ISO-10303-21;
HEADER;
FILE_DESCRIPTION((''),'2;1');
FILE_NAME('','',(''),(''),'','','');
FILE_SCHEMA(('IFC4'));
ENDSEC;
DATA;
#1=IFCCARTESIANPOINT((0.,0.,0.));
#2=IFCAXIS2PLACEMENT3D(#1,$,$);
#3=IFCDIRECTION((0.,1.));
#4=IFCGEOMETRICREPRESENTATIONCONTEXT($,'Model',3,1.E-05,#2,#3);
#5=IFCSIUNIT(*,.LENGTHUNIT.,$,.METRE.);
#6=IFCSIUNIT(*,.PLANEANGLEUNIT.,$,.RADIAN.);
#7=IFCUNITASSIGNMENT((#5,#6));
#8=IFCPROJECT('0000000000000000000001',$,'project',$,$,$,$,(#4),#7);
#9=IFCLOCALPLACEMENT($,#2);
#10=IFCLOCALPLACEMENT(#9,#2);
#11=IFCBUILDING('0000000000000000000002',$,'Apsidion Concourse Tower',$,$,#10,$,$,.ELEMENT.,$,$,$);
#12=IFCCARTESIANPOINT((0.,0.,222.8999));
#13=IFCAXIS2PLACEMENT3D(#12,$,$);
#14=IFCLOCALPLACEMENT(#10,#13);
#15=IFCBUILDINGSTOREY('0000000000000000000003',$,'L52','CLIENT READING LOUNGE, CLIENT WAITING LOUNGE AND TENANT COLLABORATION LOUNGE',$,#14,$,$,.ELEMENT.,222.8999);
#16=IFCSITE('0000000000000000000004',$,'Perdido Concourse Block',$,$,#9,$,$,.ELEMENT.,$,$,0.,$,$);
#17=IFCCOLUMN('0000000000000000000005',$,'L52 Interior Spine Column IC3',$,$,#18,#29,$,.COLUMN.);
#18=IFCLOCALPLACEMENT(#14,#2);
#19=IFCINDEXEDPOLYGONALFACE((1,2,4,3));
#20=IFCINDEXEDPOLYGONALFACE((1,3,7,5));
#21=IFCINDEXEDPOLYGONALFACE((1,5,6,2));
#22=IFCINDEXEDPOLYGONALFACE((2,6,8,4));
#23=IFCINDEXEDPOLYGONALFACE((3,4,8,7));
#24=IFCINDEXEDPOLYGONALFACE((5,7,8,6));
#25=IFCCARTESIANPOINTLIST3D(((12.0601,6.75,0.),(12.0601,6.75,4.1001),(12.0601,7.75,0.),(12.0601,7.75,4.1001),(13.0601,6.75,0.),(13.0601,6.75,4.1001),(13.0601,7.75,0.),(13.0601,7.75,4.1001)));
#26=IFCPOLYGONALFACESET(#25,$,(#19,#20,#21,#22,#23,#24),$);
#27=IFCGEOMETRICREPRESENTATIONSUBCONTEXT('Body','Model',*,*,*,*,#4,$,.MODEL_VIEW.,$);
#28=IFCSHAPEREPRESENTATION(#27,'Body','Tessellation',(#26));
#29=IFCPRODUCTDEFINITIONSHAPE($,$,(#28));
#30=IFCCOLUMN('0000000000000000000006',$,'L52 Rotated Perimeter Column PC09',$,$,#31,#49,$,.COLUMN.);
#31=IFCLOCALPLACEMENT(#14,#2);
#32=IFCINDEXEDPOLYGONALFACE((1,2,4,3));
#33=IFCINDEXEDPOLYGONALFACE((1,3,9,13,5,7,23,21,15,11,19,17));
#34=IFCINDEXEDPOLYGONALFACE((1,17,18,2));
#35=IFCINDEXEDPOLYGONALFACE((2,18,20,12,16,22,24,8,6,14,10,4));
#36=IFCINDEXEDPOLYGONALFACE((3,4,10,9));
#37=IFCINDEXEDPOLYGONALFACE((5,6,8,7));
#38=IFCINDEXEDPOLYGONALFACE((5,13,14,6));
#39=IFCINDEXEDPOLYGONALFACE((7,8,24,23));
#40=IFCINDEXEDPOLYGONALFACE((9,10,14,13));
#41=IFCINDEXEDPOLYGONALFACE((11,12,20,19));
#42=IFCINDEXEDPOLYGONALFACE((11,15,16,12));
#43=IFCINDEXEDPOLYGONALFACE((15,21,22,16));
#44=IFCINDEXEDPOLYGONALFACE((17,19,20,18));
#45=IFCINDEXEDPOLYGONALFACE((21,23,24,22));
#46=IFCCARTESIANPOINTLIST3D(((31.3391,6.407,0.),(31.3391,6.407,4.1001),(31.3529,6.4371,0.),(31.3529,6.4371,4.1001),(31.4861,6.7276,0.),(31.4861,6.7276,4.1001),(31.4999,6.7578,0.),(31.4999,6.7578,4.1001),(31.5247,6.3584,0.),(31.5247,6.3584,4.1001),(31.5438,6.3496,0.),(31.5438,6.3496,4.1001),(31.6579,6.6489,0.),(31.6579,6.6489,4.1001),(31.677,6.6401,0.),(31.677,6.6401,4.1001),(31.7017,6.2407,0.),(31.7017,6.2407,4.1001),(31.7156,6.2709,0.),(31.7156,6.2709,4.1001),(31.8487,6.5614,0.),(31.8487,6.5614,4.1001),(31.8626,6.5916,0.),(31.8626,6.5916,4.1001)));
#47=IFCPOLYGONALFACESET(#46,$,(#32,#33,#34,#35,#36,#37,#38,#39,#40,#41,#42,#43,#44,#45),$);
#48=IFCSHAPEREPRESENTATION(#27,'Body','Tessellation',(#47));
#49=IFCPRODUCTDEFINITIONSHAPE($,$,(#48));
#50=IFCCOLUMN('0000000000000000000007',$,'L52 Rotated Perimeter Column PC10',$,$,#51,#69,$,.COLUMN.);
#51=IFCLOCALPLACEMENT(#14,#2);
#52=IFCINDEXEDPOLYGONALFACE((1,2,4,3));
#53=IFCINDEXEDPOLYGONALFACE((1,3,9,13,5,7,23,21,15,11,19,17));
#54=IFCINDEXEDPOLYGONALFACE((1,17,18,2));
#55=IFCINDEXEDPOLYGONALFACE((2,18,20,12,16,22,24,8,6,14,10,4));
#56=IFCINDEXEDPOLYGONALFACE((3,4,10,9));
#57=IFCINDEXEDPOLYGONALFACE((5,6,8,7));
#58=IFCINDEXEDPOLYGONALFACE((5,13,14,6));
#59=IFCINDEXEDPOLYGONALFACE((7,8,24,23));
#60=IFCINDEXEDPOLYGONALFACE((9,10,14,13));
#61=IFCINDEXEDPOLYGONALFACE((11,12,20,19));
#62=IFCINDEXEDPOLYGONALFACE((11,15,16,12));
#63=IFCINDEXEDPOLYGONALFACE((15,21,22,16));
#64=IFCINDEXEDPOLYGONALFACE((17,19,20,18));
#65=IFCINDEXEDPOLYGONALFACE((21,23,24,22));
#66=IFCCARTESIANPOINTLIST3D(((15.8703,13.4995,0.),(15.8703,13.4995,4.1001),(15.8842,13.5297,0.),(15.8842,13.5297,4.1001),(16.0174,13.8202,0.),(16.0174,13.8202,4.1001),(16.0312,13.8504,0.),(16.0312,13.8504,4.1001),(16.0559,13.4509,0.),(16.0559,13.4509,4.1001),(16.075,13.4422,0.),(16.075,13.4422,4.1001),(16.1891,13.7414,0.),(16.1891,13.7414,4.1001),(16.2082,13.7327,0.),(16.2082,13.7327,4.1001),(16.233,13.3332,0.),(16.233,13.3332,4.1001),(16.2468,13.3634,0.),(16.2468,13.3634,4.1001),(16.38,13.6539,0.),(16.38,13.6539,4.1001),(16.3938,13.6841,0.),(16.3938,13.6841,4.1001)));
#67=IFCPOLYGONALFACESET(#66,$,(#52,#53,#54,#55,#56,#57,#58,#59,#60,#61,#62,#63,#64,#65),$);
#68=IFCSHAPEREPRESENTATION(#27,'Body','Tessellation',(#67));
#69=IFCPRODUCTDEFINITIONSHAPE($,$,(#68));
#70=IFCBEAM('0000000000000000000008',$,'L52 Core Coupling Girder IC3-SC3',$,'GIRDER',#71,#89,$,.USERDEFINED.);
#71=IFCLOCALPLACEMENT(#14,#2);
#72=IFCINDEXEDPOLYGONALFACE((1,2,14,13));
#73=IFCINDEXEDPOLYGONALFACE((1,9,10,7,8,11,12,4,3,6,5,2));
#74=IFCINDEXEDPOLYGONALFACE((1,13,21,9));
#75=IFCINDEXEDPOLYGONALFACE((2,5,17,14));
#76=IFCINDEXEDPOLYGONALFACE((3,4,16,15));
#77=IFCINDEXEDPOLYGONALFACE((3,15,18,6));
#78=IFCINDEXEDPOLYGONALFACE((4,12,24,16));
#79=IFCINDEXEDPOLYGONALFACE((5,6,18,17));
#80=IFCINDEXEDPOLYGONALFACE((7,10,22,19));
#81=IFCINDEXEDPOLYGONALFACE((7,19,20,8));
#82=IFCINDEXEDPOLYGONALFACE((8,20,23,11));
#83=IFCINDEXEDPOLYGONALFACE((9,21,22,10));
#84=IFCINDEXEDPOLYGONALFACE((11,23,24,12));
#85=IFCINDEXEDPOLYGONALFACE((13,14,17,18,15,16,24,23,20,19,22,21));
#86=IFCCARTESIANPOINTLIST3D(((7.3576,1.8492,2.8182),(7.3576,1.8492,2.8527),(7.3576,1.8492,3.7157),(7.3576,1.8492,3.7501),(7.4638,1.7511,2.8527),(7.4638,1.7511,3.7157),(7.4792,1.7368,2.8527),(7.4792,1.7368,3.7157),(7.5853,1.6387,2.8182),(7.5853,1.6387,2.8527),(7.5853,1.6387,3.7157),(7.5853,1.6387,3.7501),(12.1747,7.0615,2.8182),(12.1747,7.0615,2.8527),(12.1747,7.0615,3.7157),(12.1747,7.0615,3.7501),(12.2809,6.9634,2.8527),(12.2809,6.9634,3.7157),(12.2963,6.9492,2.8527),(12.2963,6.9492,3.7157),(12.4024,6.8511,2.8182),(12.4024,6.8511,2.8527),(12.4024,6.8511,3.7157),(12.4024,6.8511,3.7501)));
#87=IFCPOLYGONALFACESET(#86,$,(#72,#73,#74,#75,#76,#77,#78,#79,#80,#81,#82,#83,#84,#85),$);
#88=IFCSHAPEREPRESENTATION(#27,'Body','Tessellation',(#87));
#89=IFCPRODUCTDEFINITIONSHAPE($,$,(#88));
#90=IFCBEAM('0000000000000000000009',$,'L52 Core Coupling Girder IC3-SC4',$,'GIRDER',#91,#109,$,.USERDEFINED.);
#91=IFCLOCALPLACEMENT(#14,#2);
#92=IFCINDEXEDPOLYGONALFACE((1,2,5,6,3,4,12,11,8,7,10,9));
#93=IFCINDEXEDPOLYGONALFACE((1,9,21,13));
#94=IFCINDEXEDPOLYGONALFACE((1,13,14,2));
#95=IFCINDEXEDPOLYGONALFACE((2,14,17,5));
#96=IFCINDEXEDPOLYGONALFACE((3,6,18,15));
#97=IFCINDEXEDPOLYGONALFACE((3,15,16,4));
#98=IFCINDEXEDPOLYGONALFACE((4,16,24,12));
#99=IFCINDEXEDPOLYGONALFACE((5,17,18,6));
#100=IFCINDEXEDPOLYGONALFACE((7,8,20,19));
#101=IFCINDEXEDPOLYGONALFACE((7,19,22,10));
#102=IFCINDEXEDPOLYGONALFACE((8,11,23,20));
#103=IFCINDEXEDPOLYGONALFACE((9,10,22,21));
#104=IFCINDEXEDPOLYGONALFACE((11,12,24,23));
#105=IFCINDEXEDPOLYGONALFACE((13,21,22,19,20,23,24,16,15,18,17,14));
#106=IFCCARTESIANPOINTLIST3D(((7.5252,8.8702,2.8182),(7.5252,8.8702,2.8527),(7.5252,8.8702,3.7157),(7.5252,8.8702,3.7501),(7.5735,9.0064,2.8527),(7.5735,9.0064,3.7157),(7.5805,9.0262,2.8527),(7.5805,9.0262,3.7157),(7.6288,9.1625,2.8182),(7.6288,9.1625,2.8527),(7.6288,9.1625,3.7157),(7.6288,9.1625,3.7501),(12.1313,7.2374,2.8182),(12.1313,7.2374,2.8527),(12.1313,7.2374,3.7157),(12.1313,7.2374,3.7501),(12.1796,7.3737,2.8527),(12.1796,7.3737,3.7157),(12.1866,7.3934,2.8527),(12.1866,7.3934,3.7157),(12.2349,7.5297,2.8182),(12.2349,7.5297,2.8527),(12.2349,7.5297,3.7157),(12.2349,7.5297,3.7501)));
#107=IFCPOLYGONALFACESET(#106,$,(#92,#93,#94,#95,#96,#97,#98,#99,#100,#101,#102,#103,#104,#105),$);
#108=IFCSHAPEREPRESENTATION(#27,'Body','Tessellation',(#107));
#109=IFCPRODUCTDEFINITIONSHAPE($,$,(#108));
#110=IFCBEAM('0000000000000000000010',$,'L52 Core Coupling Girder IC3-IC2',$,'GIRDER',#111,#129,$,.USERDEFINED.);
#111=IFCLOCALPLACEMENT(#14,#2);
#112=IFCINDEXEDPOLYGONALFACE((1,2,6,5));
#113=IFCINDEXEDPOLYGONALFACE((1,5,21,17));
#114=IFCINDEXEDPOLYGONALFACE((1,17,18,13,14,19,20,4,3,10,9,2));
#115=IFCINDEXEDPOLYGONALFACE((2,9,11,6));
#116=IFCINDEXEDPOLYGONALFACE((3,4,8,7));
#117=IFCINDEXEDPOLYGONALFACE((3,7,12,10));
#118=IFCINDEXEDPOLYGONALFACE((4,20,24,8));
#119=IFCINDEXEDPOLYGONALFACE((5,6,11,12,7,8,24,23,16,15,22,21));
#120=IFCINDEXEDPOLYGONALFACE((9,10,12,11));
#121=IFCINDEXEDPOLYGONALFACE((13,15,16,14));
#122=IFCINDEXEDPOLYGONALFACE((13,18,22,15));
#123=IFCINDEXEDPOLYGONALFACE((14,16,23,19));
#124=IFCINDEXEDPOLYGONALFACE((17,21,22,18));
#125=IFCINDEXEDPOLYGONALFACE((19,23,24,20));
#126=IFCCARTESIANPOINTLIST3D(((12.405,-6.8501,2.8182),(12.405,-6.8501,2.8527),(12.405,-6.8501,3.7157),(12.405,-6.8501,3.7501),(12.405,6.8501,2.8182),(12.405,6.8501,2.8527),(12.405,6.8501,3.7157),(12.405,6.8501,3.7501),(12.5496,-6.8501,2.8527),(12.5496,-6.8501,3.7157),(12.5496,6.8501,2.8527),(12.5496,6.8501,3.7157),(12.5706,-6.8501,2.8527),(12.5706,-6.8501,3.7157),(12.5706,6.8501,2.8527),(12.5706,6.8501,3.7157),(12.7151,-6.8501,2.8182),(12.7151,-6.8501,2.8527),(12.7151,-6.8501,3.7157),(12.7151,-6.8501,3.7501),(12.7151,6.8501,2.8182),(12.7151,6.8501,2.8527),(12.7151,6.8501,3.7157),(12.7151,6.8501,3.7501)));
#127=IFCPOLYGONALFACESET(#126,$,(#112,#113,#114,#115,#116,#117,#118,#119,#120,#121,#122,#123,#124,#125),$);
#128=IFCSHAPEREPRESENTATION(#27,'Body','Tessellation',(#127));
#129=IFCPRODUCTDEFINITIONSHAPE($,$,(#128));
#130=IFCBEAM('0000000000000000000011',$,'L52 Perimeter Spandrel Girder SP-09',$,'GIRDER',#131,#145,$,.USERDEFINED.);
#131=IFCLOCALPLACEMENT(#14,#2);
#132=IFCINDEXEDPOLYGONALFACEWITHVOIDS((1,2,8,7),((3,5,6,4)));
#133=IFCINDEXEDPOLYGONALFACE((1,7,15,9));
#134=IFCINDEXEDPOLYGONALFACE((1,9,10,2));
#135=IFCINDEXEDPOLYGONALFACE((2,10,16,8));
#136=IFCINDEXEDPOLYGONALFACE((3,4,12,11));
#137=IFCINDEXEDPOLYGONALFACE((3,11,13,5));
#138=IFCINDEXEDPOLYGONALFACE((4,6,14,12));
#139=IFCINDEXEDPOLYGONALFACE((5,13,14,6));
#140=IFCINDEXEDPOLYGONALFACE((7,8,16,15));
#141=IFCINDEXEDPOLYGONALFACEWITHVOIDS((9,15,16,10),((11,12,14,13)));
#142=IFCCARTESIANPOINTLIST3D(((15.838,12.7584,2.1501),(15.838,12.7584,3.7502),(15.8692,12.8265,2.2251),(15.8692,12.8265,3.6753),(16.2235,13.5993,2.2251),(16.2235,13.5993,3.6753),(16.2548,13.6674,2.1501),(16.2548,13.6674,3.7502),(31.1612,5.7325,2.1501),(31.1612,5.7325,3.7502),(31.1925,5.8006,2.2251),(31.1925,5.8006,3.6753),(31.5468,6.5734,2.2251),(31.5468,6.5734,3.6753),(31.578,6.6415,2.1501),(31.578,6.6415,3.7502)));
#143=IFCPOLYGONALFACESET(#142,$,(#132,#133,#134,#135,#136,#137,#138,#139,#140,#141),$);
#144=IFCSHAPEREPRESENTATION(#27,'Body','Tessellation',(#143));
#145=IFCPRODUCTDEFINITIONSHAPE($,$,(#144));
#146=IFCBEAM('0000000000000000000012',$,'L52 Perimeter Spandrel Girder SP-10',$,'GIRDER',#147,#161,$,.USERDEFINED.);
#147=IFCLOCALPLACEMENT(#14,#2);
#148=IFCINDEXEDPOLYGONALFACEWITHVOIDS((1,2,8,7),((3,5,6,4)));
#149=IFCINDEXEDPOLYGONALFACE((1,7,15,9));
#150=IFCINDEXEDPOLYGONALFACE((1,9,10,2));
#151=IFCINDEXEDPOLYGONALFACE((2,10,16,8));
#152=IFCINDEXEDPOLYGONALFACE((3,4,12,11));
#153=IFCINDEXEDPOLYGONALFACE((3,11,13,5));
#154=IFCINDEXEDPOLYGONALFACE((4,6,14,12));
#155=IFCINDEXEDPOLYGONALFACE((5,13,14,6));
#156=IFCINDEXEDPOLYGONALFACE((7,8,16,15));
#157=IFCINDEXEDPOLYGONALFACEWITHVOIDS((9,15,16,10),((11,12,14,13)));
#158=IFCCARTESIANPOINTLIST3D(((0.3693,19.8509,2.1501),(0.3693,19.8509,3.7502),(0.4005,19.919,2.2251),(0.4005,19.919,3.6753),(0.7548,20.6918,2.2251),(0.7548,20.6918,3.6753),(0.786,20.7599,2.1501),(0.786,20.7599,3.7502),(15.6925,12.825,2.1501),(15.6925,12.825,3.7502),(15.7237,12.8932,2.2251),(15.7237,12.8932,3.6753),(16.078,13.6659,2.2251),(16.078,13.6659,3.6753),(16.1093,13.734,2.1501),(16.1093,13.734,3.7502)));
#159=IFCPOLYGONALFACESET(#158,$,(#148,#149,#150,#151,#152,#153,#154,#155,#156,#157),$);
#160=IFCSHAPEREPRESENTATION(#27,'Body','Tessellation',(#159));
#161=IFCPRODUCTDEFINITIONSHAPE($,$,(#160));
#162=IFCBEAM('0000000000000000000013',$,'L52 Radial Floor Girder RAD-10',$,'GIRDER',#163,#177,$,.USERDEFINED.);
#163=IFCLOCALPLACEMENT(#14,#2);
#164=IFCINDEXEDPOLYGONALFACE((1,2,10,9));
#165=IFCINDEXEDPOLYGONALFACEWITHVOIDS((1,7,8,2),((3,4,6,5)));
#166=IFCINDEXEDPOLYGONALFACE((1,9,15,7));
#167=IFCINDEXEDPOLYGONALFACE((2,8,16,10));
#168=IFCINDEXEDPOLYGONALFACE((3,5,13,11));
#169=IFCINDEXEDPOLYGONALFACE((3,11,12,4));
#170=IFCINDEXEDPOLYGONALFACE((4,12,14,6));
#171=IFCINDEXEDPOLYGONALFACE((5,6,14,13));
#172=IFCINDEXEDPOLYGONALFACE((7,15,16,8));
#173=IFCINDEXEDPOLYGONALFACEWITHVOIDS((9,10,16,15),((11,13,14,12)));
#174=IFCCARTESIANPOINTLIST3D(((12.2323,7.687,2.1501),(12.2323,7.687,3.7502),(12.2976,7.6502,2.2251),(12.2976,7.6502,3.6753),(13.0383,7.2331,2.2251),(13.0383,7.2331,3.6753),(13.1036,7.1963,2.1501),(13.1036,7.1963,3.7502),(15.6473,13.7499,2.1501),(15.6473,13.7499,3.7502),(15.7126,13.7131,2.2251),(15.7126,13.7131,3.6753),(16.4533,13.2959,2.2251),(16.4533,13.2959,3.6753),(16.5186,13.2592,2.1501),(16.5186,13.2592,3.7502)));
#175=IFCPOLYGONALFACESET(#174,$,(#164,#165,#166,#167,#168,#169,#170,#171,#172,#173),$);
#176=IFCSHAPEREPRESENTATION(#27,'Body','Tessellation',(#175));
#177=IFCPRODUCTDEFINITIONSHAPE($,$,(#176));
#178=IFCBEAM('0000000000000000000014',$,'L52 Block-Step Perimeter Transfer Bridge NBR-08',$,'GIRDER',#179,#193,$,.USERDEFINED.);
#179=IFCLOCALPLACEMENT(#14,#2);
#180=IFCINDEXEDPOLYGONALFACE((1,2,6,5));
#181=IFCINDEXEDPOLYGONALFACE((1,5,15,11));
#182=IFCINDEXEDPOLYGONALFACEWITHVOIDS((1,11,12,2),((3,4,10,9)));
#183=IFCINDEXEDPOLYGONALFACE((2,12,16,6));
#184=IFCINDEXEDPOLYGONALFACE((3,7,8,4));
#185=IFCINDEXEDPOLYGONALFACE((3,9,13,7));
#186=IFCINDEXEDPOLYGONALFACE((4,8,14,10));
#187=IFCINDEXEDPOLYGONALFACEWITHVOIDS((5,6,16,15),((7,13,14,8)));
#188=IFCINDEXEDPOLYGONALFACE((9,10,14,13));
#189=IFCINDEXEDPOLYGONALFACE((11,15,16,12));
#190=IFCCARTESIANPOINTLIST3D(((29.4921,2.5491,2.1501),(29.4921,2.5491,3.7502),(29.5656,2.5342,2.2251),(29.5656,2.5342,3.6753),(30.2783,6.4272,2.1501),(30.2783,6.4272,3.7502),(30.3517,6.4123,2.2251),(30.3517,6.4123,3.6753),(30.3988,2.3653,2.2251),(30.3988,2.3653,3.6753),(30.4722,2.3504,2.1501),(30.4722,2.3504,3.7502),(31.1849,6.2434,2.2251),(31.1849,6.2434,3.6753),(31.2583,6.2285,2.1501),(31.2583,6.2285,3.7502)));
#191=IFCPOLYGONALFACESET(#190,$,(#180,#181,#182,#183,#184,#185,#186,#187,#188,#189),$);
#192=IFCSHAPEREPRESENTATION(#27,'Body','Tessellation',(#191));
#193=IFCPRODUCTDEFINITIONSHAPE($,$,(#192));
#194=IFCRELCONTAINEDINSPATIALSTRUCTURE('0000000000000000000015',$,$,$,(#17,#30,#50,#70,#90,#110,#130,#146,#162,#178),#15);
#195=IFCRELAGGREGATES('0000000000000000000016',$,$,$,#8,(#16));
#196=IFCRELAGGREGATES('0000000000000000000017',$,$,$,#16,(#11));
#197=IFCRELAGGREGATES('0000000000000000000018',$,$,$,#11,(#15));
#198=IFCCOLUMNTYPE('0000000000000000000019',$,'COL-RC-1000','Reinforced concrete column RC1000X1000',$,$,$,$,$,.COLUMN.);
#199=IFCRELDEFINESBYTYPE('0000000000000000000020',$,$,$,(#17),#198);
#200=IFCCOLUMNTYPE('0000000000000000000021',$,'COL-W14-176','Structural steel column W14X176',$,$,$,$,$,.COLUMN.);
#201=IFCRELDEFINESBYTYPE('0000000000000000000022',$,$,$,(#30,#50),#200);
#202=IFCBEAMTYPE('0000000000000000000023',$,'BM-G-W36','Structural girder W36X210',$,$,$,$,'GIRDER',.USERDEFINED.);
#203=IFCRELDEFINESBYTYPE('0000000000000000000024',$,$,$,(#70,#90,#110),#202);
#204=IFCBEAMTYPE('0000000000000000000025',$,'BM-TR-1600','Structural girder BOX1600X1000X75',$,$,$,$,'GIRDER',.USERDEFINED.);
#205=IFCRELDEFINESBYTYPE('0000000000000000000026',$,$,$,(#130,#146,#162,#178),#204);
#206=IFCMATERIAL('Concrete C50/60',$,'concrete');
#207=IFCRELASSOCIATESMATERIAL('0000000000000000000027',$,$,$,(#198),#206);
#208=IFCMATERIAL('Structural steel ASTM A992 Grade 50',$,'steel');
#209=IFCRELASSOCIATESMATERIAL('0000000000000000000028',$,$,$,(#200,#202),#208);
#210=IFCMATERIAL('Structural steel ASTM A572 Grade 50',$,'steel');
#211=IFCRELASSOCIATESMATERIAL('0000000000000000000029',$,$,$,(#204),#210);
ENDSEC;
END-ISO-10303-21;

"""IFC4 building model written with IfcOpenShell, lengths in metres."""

from ifc_helpers import new_model, si_unit, direction, frame, origin, origin_2d, place, context, subcontext, project, spatial, rectangle, hollow_rectangle, i_section, extrude, material, material_profile, profile_set, type_object, element, save


model = new_model("IFC4")

# Units and contexts
model_context = context("Model", 3, precision=1e-05, world=origin(), true_north=direction((0.0, 1.0)))
body_context = subcontext(model_context, "Body", "Model", "MODEL_VIEW")
ifc_project = project(units=[si_unit("LENGTHUNIT", "METRE"), si_unit("PLANEANGLEUNIT", "RADIAN")], contexts=[model_context])

# Site, building, storey
site_placement = place(None, origin())
site = spatial("IfcSite", under=ifc_project, at=site_placement, Name="Perdido Concourse Block", CompositionType="ELEMENT", RefElevation=0.0)
building_placement = place(site_placement, origin())
building = spatial("IfcBuilding", under=site, at=building_placement, Name="Apsidion Concourse Tower", CompositionType="ELEMENT")
storey_placement = place(building_placement, frame((0.0, 0.0, 222.8999)))
storey = spatial("IfcBuildingStorey", under=building, at=storey_placement, Name="L52", Description="CLIENT READING LOUNGE, CLIENT WAITING LOUNGE AND TENANT COLLABORATION LOUNGE", CompositionType="ELEMENT", Elevation=222.8999)

# Columns
ifc_material_1 = material(Name="Concrete C50/60", Category="concrete")
ifc_material_profile_1 = material_profile(ifc_material_1, rectangle(XDim=1.0, YDim=1.0, at=origin_2d()), Name="RC 1000x1000")
ifc_profile_set_1 = profile_set([ifc_material_profile_1], Name="Concrete C50/60")
column_type_1 = type_object("IfcColumnType", Name="COL-RC-1000", Description="Reinforced concrete column RC1000X1000", PredefinedType="COLUMN", material=ifc_profile_set_1)
column_placement = place(storey_placement, frame((12.5601, 7.25, 0.0), z_axis=(0.0, 0.0, 1.0), x_axis=(1.0, 0.0, 0.0)))
element("IfcColumn", 1, at=column_placement, inside=storey, type_object=column_type_1, Name="L52 Interior Spine Column IC3", PredefinedType="COLUMN", context=body_context, shape_type="SweptSolid", body=[
    extrude(rectangle(XDim=1.0, YDim=1.0, at=origin_2d()), origin(), (0.0, 0.0, 1.0), 4.1001),
])
ifc_material_2 = material(Name="Structural steel ASTM A992 Grade 50", Category="steel")
ifc_material_profile_2 = material_profile(ifc_material_2, i_section(OverallWidth=0.3989, OverallDepth=0.386, WebThickness=0.021, FlangeThickness=0.0332, at=origin_2d()), Name="W14X176")
ifc_profile_set_2 = profile_set([ifc_material_profile_2], Name="Structural steel ASTM A992 Grade 50")
column_type_2 = type_object("IfcColumnType", Name="COL-W14-176", Description="Structural steel column W14X176", PredefinedType="COLUMN", material=ifc_profile_set_2)
for number, where, z_axis, x_axis, name in (
    (2, (31.6008, 6.4993, 0.0), (0.0, 0.0, 1.0), (-0.909018, 0.416757, 0.0), "L52 Rotated Perimeter Column PC09"),
    (3, (16.1321, 13.5918, 0.0), (0.0, 0.0, 1.0), (-0.909018, 0.416757, 0.0), "L52 Rotated Perimeter Column PC10"),
):
    element("IfcColumn", number, at=place(storey_placement, frame(where, z_axis=z_axis, x_axis=x_axis)), inside=storey, type_object=column_type_2, Name=name, PredefinedType="COLUMN", context=body_context, shape_type="SweptSolid", body=[
        extrude(i_section(OverallWidth=0.3989, OverallDepth=0.386, WebThickness=0.021, FlangeThickness=0.0332, at=origin_2d()), origin(), (0.0, 0.0, 1.0), 4.1001),
    ])

# Beams
ifc_material_profile_3 = material_profile(ifc_material_2, i_section(OverallWidth=0.3101, OverallDepth=0.9319, WebThickness=0.021, FlangeThickness=0.0344, at=origin_2d()), Name="W36X210")
ifc_profile_set_3 = profile_set([ifc_material_profile_3], Name="Structural steel ASTM A992 Grade 50")
beam_type_1 = type_object("IfcBeamType", Name="BM-G-W36", Description="Structural girder W36X210", ElementType="GIRDER", PredefinedType="USERDEFINED", material=ifc_profile_set_3)
beam_1_placement = place(storey_placement, frame((12.2886, 6.9563, 3.2842), z_axis=(-0.678713, -0.734404, 0.0), x_axis=(0.734404, -0.678713, 0.0)))
element("IfcBeam", 4, at=beam_1_placement, inside=storey, type_object=beam_type_1, Name="L52 Core Coupling Girder IC3-SC3", ObjectType="GIRDER", PredefinedType="USERDEFINED", context=body_context, shape_type="SweptSolid", body=[
    extrude(i_section(OverallWidth=0.3101, OverallDepth=0.9319, WebThickness=0.021, FlangeThickness=0.0344, at=origin_2d()), origin(), (0.0, 0.0, 1.0), 7.0974),
])
beam_2_placement = place(storey_placement, frame((12.1831, 7.3835, 3.2842), z_axis=(-0.942534, 0.334111, 0.0), x_axis=(-0.334111, -0.942534, 0.0)))
element("IfcBeam", 5, at=beam_2_placement, inside=storey, type_object=beam_type_1, Name="L52 Core Coupling Girder IC3-SC4", ObjectType="GIRDER", PredefinedType="USERDEFINED", context=body_context, shape_type="SweptSolid", body=[
    extrude(i_section(OverallWidth=0.3101, OverallDepth=0.9319, WebThickness=0.021, FlangeThickness=0.0344, at=origin_2d()), origin(), (0.0, 0.0, 1.0), 4.887),
])
beam_3_placement = place(storey_placement, frame((12.5601, 6.8501, 3.2842), z_axis=(0.0, -1.0, 0.0), x_axis=(1.0, 0.0, 0.0)))
element("IfcBeam", 6, at=beam_3_placement, inside=storey, type_object=beam_type_1, Name="L52 Core Coupling Girder IC3-IC2", ObjectType="GIRDER", PredefinedType="USERDEFINED", context=body_context, shape_type="SweptSolid", body=[
    extrude(i_section(OverallWidth=0.3101, OverallDepth=0.9319, WebThickness=0.021, FlangeThickness=0.0344, at=origin_2d()), origin(), (0.0, 0.0, 1.0), 13.7002),
])
ifc_material_3 = material(Name="Structural steel ASTM A572 Grade 50", Category="steel")
ifc_material_profile_4 = material_profile(ifc_material_3, hollow_rectangle(XDim=1.0, YDim=1.6001, WallThickness=0.075, at=origin_2d()), Name="BOX1600X1000X75")
ifc_profile_set_4 = profile_set([ifc_material_profile_4], Name="Structural steel ASTM A572 Grade 50")
beam_type_2 = type_object("IfcBeamType", Name="BM-TR-1600", Description="Structural girder BOX1600X1000X75", ElementType="GIRDER", PredefinedType="USERDEFINED", material=ifc_profile_set_4)
for number, where, z_axis, x_axis, name in (
    (7, (31.3696, 6.187, 2.9502), (-0.909004, 0.416788, 0.0), (-0.416788, -0.909004, 0.0), "L52 Perimeter Spandrel Girder SP-09"),
    (8, (15.9009, 13.2795, 2.9502), (-0.909004, 0.416788, 0.0), (-0.416788, -0.909004, 0.0), "L52 Perimeter Spandrel Girder SP-10"),
):
    element("IfcBeam", number, at=place(storey_placement, frame(where, z_axis=z_axis, x_axis=x_axis)), inside=storey, type_object=beam_type_2, Name=name, ObjectType="GIRDER", PredefinedType="USERDEFINED", context=body_context, shape_type="SweptSolid", body=[
        extrude(hollow_rectangle(XDim=1.0, YDim=1.6001, WallThickness=0.075, at=origin_2d()), origin(), (0.0, 0.0, 1.0), 16.8572),
    ])
beam_4_placement = place(storey_placement, frame((12.668, 7.4417, 2.9502), z_axis=(0.490764, 0.871292, 0.0), x_axis=(-0.871292, 0.490764, 0.0)))
element("IfcBeam", 9, at=beam_4_placement, inside=storey, type_object=beam_type_2, Name="L52 Radial Floor Girder RAD-10", ObjectType="GIRDER", PredefinedType="USERDEFINED", context=body_context, shape_type="SweptSolid", body=[
    extrude(hollow_rectangle(XDim=1.0, YDim=1.6001, WallThickness=0.075, at=origin_2d()), origin(), (0.0, 0.0, 1.0), 6.9585),
])
beam_5_placement = place(storey_placement, frame((30.7683, 6.3279, 2.9502), z_axis=(-0.198666, -0.980067, 0.0), x_axis=(0.980067, -0.198666, 0.0)))
element("IfcBeam", 10, at=beam_5_placement, inside=storey, type_object=beam_type_2, Name="L52 Block-Step Perimeter Transfer Bridge NBR-08", ObjectType="GIRDER", PredefinedType="USERDEFINED", context=body_context, shape_type="SweptSolid", body=[
    extrude(hollow_rectangle(XDim=1.0, YDim=1.6001, WallThickness=0.075, at=origin_2d()), origin(), (0.0, 0.0, 1.0), 3.957),
])

save(model, "model.ifc")
